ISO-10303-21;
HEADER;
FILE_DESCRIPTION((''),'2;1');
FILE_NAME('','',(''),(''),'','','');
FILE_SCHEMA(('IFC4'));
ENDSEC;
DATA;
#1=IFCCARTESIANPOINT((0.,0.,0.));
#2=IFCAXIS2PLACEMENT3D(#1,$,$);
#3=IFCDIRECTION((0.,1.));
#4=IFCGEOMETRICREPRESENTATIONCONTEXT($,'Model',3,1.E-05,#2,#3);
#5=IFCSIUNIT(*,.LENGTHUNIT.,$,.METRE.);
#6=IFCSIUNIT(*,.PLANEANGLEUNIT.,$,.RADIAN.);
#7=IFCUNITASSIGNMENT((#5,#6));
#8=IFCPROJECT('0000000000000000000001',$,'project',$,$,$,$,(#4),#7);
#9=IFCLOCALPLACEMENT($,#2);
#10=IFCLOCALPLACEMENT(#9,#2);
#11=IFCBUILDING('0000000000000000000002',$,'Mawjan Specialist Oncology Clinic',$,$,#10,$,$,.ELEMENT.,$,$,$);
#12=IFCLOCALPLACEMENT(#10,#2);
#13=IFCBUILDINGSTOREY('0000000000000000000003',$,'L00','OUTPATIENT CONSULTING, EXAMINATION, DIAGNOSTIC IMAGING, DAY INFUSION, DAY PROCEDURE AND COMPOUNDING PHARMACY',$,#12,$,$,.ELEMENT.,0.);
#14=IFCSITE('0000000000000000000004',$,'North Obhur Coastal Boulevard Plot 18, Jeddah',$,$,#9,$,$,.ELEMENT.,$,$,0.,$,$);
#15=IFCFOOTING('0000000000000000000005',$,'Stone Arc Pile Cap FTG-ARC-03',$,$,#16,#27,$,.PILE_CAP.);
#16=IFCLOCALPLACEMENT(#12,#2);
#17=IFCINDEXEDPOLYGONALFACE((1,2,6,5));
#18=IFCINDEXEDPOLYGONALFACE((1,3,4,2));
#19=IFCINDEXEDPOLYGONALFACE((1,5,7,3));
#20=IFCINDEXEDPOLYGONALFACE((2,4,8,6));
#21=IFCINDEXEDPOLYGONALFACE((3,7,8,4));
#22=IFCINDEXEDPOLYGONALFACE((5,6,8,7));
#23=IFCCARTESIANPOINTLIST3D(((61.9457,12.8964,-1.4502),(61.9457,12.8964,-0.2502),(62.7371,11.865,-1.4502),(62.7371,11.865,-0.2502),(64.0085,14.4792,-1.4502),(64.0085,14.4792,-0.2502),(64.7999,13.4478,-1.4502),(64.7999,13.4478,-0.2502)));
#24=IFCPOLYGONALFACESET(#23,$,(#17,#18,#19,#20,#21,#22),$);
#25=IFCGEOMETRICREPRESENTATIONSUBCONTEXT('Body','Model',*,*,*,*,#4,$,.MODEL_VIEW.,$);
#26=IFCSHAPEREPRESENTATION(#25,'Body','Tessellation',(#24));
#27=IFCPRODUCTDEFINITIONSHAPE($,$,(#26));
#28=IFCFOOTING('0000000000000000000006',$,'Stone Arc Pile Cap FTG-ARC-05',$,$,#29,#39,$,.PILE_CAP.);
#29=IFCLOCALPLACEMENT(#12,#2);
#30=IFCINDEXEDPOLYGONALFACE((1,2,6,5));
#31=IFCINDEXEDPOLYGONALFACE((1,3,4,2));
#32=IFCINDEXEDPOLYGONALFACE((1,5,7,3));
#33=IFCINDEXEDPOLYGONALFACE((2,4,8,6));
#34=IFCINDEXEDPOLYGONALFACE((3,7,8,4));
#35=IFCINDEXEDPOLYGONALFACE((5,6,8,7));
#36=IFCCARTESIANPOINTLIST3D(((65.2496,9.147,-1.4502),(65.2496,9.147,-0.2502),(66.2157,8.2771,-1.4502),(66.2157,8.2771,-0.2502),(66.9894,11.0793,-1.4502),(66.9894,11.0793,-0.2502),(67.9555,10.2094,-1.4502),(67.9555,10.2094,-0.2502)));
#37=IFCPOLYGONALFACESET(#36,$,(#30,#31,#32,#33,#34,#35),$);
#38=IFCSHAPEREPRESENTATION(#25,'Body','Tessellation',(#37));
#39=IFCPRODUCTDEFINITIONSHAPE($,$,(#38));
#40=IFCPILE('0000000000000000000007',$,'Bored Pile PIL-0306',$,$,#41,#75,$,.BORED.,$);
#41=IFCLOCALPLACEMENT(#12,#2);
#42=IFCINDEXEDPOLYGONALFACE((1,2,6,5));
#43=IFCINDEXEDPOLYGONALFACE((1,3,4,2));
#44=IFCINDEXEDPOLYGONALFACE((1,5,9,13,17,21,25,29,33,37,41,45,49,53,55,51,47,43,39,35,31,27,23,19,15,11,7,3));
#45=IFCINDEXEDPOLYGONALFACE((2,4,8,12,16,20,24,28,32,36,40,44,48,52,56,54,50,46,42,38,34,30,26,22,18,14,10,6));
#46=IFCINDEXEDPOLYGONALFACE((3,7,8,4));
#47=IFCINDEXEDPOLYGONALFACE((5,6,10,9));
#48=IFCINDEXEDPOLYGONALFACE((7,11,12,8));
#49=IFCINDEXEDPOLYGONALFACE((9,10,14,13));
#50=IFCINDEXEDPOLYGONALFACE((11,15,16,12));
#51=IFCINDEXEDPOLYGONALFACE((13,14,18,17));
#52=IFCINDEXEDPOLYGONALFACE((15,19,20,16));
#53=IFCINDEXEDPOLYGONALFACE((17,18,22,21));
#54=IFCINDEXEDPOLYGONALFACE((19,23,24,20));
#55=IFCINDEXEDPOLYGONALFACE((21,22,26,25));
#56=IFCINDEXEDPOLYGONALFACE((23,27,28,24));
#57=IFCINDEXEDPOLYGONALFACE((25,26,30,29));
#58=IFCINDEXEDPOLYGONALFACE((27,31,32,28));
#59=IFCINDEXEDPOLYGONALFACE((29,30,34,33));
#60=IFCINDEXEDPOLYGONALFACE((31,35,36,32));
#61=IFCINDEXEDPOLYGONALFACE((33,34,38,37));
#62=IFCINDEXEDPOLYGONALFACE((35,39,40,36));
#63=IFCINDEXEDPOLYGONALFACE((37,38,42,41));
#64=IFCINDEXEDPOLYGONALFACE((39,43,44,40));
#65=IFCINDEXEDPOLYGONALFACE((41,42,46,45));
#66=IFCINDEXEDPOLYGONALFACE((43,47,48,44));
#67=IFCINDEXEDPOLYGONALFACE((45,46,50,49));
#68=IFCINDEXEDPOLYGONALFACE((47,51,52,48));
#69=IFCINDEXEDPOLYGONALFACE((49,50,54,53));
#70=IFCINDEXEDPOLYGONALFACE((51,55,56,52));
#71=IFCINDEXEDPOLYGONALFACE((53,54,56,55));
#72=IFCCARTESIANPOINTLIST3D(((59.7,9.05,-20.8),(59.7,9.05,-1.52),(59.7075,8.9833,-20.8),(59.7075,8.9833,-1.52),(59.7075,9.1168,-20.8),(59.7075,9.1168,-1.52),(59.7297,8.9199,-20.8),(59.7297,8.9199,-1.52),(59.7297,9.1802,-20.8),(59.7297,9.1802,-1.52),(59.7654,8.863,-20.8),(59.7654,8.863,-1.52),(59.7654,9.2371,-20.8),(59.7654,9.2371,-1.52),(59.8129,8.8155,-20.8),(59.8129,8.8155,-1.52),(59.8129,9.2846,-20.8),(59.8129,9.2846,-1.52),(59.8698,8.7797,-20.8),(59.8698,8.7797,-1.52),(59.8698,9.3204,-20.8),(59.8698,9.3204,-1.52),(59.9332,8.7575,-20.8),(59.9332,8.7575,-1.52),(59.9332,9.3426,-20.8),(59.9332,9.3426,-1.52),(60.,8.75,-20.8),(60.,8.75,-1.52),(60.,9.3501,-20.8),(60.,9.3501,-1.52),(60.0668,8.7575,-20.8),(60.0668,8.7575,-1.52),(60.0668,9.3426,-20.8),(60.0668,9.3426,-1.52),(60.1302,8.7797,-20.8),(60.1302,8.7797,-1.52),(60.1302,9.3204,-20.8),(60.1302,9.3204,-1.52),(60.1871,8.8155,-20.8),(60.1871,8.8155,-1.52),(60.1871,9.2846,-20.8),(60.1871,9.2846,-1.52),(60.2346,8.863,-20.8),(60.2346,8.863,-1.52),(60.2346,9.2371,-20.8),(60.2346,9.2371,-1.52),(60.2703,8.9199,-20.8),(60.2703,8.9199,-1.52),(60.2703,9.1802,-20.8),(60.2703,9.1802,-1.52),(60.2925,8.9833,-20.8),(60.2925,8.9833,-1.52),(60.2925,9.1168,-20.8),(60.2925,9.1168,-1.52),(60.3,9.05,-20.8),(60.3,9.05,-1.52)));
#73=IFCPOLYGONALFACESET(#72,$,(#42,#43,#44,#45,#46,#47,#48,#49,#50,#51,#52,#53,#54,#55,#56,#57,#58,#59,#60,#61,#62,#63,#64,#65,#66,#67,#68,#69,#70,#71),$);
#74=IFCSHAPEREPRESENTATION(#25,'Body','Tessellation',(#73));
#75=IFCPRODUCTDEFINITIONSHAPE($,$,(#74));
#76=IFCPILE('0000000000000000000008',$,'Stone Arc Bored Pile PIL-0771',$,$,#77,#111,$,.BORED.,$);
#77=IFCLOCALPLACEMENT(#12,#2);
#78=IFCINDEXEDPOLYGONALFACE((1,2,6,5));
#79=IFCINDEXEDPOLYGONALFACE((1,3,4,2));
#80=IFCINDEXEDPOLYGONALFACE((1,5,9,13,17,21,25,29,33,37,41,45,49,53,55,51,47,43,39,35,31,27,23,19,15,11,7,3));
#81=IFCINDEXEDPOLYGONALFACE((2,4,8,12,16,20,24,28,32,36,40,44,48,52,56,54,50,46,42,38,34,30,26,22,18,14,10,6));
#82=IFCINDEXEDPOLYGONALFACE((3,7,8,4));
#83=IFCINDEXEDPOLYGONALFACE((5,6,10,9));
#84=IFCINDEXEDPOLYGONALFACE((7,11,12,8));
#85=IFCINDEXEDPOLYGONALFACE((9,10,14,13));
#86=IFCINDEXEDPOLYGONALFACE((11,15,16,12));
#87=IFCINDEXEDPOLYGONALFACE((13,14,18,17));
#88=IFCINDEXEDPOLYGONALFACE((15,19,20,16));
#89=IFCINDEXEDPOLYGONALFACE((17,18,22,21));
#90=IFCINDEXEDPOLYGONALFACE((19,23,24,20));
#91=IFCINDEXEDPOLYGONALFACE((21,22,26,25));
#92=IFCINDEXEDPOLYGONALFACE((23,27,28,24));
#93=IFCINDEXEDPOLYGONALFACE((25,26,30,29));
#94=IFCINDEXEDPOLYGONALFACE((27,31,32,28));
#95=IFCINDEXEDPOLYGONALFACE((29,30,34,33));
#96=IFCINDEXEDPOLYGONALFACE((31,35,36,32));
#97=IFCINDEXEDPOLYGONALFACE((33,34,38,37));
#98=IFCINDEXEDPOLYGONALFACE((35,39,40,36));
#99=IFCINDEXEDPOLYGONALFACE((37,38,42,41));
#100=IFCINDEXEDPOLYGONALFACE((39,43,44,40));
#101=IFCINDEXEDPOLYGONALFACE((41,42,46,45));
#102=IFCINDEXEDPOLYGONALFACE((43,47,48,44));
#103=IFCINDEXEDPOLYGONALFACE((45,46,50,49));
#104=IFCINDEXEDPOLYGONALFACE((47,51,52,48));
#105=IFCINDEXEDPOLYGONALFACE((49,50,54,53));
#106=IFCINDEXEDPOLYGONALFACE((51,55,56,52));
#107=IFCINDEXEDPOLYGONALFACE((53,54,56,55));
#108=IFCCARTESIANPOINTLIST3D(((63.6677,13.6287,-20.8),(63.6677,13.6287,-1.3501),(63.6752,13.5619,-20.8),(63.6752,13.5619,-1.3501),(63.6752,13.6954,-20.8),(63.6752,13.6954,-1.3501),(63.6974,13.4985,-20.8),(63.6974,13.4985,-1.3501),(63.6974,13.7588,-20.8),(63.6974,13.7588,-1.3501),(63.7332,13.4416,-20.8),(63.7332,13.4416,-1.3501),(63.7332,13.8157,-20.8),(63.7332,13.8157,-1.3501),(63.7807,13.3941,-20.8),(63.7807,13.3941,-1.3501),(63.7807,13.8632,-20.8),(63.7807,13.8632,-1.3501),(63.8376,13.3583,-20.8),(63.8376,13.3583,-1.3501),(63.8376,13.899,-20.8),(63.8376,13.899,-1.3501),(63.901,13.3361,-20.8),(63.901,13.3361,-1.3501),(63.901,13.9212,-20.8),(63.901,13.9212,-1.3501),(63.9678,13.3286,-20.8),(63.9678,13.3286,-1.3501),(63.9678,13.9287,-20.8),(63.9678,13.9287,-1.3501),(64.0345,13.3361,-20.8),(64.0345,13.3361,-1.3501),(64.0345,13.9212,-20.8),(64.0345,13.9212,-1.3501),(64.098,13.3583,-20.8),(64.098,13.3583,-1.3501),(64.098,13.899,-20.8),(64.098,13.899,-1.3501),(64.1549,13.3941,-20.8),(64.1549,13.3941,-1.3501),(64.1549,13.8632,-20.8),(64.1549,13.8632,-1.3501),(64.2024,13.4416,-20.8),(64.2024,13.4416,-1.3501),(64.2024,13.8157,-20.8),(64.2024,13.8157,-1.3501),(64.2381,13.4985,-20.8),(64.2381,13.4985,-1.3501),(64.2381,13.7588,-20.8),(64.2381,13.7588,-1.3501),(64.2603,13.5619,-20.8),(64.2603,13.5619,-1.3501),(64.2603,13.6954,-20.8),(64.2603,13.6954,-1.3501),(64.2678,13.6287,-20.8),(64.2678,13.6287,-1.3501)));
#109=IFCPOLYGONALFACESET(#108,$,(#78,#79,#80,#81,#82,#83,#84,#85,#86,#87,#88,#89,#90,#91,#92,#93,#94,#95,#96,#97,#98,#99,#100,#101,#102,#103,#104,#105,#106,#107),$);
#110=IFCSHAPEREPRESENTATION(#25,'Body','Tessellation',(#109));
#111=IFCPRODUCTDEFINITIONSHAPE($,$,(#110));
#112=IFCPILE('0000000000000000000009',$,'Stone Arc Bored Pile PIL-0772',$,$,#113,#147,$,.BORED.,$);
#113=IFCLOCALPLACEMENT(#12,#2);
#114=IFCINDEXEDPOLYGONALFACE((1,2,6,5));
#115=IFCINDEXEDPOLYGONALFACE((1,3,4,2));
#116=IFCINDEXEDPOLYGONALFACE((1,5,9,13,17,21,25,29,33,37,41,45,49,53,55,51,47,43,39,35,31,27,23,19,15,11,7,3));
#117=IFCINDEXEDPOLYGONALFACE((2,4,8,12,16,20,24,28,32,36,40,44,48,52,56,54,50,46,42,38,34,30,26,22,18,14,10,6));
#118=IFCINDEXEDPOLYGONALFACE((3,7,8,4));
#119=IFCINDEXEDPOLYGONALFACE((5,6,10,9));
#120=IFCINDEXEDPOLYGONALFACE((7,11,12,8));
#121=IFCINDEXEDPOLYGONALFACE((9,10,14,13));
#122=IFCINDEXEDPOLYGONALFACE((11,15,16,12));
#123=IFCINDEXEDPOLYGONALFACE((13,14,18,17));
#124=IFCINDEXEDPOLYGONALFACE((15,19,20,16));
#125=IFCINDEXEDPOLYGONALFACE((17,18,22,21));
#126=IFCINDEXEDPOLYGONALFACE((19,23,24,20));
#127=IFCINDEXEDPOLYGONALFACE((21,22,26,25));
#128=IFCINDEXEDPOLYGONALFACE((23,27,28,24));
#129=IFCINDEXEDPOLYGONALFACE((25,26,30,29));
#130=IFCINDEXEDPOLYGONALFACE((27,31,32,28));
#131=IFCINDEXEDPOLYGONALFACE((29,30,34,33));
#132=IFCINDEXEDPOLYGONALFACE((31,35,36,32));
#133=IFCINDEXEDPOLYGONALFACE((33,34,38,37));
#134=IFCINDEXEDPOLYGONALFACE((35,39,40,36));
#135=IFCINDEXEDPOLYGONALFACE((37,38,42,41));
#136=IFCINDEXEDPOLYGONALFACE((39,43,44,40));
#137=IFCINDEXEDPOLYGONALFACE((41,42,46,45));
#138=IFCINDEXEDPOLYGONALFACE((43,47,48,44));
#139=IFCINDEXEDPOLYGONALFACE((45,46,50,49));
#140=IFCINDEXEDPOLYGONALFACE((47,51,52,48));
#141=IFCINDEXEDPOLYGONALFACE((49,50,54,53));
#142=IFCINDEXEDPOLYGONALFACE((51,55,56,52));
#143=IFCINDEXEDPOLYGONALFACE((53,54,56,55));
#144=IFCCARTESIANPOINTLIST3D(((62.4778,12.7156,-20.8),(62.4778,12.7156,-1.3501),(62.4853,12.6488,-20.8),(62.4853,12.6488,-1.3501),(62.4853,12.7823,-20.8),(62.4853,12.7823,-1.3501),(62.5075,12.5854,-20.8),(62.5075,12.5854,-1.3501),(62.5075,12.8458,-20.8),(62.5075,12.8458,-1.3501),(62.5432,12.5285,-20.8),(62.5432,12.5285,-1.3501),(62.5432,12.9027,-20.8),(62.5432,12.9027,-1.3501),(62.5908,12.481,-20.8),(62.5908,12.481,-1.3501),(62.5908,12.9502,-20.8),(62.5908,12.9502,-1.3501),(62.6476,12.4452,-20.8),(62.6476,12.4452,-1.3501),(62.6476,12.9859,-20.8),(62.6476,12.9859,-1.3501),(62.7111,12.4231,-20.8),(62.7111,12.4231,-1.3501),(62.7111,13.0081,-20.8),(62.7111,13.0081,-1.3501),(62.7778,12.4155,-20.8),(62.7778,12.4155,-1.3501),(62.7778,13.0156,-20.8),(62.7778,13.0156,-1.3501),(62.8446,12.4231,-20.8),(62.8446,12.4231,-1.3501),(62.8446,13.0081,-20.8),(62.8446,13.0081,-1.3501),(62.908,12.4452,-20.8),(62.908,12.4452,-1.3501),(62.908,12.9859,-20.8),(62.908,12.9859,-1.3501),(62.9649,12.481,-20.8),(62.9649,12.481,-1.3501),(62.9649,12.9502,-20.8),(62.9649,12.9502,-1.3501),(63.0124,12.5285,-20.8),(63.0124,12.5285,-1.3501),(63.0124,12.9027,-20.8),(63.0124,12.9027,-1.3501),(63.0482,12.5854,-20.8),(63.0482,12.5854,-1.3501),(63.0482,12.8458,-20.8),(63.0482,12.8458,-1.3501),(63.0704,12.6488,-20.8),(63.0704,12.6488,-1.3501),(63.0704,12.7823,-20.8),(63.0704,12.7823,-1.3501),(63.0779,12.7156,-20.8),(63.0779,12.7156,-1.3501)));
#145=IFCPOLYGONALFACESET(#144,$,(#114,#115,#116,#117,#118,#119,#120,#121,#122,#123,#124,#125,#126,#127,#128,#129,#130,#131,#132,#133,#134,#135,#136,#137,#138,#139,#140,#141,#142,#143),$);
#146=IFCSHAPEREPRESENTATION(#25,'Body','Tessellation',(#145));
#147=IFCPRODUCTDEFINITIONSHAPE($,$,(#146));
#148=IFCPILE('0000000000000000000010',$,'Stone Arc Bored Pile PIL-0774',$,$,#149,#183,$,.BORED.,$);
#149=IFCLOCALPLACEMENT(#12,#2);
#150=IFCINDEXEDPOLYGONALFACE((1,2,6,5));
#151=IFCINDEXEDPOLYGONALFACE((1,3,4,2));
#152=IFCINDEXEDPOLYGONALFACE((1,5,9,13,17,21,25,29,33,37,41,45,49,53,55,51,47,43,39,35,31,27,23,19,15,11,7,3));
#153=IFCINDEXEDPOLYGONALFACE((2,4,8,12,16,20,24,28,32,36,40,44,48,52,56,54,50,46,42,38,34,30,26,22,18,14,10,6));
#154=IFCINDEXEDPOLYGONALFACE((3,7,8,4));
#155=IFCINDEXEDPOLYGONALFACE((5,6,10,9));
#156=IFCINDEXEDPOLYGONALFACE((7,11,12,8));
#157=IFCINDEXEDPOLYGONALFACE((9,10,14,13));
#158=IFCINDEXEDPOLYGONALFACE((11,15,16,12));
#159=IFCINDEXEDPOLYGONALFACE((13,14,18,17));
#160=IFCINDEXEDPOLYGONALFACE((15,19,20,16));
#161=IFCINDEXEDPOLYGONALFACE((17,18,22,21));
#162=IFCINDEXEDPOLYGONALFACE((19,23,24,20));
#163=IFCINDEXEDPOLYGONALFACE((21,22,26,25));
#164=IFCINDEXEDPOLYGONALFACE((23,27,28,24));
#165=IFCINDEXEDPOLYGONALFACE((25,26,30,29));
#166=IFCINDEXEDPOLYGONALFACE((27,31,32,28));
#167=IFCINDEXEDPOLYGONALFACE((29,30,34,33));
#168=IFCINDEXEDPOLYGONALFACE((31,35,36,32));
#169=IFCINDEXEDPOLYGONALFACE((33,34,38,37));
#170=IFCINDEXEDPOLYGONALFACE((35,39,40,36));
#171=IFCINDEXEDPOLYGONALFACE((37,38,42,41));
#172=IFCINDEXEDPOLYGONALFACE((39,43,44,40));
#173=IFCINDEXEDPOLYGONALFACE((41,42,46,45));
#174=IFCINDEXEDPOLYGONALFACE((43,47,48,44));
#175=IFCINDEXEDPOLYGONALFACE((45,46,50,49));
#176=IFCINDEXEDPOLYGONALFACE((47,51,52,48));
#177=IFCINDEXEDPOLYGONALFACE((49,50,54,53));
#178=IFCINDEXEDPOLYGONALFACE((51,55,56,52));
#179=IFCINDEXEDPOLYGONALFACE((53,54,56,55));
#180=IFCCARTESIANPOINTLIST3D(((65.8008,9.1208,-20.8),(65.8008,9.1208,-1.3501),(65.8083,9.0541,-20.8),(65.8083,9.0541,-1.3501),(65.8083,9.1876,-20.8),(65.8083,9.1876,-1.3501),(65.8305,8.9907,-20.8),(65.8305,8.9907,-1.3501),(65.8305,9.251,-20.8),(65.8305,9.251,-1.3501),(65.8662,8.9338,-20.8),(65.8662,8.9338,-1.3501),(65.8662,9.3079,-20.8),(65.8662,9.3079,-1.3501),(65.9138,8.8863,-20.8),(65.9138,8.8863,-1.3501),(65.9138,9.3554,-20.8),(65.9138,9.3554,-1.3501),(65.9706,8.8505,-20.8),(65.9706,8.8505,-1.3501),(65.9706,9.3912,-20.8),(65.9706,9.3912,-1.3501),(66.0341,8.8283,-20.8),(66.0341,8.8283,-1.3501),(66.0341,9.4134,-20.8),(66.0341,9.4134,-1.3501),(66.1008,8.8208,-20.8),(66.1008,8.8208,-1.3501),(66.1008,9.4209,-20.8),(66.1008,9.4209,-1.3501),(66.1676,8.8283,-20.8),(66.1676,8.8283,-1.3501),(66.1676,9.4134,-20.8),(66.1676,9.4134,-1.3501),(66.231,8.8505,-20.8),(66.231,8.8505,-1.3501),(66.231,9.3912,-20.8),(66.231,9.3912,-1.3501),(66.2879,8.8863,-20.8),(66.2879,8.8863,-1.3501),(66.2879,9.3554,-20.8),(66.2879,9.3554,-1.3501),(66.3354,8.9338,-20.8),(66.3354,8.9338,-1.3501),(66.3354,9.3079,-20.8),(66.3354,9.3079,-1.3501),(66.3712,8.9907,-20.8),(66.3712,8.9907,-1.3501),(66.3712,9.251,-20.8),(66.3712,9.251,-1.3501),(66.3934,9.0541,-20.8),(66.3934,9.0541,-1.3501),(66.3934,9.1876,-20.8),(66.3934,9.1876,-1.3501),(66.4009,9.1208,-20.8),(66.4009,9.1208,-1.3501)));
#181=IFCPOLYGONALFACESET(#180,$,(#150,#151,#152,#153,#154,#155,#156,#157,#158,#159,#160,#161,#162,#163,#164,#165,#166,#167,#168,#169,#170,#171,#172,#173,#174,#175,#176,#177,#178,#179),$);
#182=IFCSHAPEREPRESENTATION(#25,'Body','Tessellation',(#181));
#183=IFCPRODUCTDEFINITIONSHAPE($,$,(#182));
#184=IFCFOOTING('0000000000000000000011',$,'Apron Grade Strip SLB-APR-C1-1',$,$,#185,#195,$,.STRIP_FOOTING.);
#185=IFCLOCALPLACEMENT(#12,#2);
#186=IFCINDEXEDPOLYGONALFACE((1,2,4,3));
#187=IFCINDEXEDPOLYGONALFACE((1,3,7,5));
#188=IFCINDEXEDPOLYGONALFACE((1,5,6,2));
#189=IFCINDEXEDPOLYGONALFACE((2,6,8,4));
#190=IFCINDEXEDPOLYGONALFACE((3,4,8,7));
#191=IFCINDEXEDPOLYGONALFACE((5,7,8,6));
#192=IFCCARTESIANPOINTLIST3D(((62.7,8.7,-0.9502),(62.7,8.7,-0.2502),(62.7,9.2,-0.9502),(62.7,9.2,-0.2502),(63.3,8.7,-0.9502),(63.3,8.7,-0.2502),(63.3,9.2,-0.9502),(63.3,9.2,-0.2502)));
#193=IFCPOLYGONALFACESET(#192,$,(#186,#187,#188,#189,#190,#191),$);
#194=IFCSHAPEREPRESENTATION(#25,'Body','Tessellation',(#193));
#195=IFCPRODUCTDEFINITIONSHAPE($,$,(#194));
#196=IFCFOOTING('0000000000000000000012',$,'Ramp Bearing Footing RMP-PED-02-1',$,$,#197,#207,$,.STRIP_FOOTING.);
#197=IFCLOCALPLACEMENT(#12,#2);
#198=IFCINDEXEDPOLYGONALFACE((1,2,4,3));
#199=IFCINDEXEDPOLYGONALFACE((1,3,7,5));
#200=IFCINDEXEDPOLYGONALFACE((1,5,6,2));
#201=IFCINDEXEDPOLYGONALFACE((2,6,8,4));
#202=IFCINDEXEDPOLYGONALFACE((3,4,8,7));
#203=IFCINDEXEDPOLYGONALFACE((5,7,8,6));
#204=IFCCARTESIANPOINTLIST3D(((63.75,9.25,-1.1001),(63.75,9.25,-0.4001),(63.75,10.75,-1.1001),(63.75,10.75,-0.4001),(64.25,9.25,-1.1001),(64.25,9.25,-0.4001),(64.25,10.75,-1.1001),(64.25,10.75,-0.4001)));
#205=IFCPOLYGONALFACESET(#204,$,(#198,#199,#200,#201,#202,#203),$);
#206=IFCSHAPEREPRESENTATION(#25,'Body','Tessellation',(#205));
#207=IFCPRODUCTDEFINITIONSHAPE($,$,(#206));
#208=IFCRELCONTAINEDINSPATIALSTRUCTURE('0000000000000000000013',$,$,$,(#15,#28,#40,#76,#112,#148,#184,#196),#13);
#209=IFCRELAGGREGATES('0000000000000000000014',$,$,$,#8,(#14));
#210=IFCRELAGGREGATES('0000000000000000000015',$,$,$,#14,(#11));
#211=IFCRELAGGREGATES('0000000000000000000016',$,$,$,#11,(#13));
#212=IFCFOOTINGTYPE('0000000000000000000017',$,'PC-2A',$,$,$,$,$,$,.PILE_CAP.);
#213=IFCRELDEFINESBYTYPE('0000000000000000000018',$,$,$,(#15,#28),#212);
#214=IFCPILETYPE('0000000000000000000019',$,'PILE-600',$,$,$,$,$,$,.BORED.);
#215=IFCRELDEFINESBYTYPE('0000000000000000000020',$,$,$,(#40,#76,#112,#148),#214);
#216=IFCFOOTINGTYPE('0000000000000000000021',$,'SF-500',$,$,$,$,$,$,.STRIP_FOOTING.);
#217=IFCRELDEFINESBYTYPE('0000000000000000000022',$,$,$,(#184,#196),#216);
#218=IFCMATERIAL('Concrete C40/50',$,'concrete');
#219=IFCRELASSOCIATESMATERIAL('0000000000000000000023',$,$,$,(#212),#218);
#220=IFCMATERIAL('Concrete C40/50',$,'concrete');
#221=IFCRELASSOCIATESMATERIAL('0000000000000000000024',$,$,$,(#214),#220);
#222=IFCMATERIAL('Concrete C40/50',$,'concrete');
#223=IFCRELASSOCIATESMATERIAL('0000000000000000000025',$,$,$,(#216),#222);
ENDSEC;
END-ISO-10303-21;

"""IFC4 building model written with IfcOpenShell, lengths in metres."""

from ifc_helpers import new_model, si_unit, direction, frame, origin, origin_2d, place, context, subcontext, project, spatial, rectangle, circle, extrude, material, material_profile, profile_set, type_object, element, save


model = new_model("IFC4")

# Units and contexts
model_context = context("Model", 3, precision=1e-05, world=origin(), true_north=direction((0.0, 1.0)))
body_context = subcontext(model_context, "Body", "Model", "MODEL_VIEW")
ifc_project = project(units=[si_unit("LENGTHUNIT", "METRE"), si_unit("PLANEANGLEUNIT", "RADIAN")], contexts=[model_context])

# Site, building, storey
site_placement = place(None, origin())
site = spatial("IfcSite", under=ifc_project, at=site_placement, Name="North Obhur Coastal Boulevard Plot 18, Jeddah", CompositionType="ELEMENT", RefElevation=0.0)
building_placement = place(site_placement, origin())
building = spatial("IfcBuilding", under=site, at=building_placement, Name="Mawjan Specialist Oncology Clinic", CompositionType="ELEMENT")
storey_placement = place(building_placement, origin())
storey = spatial("IfcBuildingStorey", under=building, at=storey_placement, Name="L00", Description="OUTPATIENT CONSULTING, EXAMINATION, DIAGNOSTIC IMAGING, DAY INFUSION, DAY PROCEDURE AND COMPOUNDING PHARMACY", CompositionType="ELEMENT", Elevation=0.0)

# Footings
ifc_material_1 = material(Name="Concrete C40/50", Category="concrete")
footing_type_1 = type_object("IfcFootingType", Name="PC-2A", PredefinedType="PILE_CAP", material=ifc_material_1)
for number, where, z_axis, x_axis, name in (
    (1, (63.3728, 13.1721, -1.4502), (0.0, 0.0, 1.0), (-0.793353, -0.608761, 0.0), "Stone Arc Pile Cap FTG-ARC-03"),
    (2, (66.6025, 9.6782, -1.4502), (0.0, 0.0, 1.0), (-0.669131, -0.743145, 0.0), "Stone Arc Pile Cap FTG-ARC-05"),
):
    element("IfcFooting", number, at=place(storey_placement, frame(where, z_axis=z_axis, x_axis=x_axis)), inside=storey, type_object=footing_type_1, Name=name, PredefinedType="PILE_CAP", context=body_context, shape_type="SweptSolid", body=[
        extrude(rectangle(XDim=2.6001, YDim=1.3, at=origin_2d()), origin(), (0.0, 0.0, 1.0), 1.2),
    ])

# Piles
ifc_material_2 = material(Name="Concrete C40/50", Category="concrete")
ifc_material_profile_1 = material_profile(ifc_material_2, circle(Radius=0.3, at=origin_2d()), Name="BORED PILE D600", Category="concrete")
ifc_profile_set_1 = profile_set([ifc_material_profile_1], Name="Concrete C40/50")
pile_type = type_object("IfcPileType", Name="PILE-600", PredefinedType="BORED", material=ifc_profile_set_1)
pile_placement = place(storey_placement, frame((60.0, 9.05, -1.52), z_axis=(0.0, 0.0, -1.0), x_axis=(1.0, 0.0, 0.0)))
element("IfcPile", 3, at=pile_placement, inside=storey, type_object=pile_type, Name="Bored Pile PIL-0306", PredefinedType="BORED", context=body_context, shape_type="SweptSolid", body=[
    extrude(circle(Radius=0.3, at=origin_2d()), origin(), (0.0, 0.0, 1.0), 19.28),
])
for number, where, z_axis, x_axis, name in (
    (4, (63.9678, 13.6287, -1.3501), (0.0, 0.0, -1.0), (1.0, 0.0, 0.0), "Stone Arc Bored Pile PIL-0771"),
    (5, (62.7778, 12.7156, -1.3501), (0.0, 0.0, -1.0), (1.0, 0.0, 0.0), "Stone Arc Bored Pile PIL-0772"),
    (6, (66.1008, 9.1208, -1.3501), (0.0, 0.0, -1.0), (1.0, 0.0, 0.0), "Stone Arc Bored Pile PIL-0774"),
):
    element("IfcPile", number, at=place(storey_placement, frame(where, z_axis=z_axis, x_axis=x_axis)), inside=storey, type_object=pile_type, Name=name, PredefinedType="BORED", context=body_context, shape_type="SweptSolid", body=[
        extrude(circle(Radius=0.3, at=origin_2d()), origin(), (0.0, 0.0, 1.0), 19.45),
    ])

# Footings
ifc_material_3 = material(Name="Concrete C40/50", Category="concrete")
footing_type_2 = type_object("IfcFootingType", Name="SF-500", PredefinedType="STRIP_FOOTING", material=ifc_material_3)
footing_placement = place(storey_placement, frame((63.0, 8.95, -0.9502), z_axis=(0.0, 0.0, 1.0), x_axis=(1.0, 0.0, 0.0)))
element("IfcFooting", 7, at=footing_placement, inside=storey, type_object=footing_type_2, Name="Apron Grade Strip SLB-APR-C1-1", PredefinedType="STRIP_FOOTING", context=body_context, shape_type="SweptSolid", body=[
    extrude(rectangle(XDim=0.6001, YDim=0.5, at=origin_2d()), origin(), (0.0, 0.0, 1.0), 0.7),
])
for number, where, z_axis, x_axis, name in (
    (8, (64.0, 10.0, -1.1001), (0.0, 0.0, 1.0), (1.0, 0.0, 0.0), "Ramp Bearing Footing RMP-PED-02-1"),
):
    element("IfcFooting", number, at=place(storey_placement, frame(where, z_axis=z_axis, x_axis=x_axis)), inside=storey, type_object=footing_type_2, Name=name, PredefinedType="STRIP_FOOTING", context=body_context, shape_type="SweptSolid", body=[
        extrude(rectangle(XDim=0.5, YDim=1.5, at=origin_2d()), origin(), (0.0, 0.0, 1.0), 0.7),
    ])

save(model, "model.ifc")
